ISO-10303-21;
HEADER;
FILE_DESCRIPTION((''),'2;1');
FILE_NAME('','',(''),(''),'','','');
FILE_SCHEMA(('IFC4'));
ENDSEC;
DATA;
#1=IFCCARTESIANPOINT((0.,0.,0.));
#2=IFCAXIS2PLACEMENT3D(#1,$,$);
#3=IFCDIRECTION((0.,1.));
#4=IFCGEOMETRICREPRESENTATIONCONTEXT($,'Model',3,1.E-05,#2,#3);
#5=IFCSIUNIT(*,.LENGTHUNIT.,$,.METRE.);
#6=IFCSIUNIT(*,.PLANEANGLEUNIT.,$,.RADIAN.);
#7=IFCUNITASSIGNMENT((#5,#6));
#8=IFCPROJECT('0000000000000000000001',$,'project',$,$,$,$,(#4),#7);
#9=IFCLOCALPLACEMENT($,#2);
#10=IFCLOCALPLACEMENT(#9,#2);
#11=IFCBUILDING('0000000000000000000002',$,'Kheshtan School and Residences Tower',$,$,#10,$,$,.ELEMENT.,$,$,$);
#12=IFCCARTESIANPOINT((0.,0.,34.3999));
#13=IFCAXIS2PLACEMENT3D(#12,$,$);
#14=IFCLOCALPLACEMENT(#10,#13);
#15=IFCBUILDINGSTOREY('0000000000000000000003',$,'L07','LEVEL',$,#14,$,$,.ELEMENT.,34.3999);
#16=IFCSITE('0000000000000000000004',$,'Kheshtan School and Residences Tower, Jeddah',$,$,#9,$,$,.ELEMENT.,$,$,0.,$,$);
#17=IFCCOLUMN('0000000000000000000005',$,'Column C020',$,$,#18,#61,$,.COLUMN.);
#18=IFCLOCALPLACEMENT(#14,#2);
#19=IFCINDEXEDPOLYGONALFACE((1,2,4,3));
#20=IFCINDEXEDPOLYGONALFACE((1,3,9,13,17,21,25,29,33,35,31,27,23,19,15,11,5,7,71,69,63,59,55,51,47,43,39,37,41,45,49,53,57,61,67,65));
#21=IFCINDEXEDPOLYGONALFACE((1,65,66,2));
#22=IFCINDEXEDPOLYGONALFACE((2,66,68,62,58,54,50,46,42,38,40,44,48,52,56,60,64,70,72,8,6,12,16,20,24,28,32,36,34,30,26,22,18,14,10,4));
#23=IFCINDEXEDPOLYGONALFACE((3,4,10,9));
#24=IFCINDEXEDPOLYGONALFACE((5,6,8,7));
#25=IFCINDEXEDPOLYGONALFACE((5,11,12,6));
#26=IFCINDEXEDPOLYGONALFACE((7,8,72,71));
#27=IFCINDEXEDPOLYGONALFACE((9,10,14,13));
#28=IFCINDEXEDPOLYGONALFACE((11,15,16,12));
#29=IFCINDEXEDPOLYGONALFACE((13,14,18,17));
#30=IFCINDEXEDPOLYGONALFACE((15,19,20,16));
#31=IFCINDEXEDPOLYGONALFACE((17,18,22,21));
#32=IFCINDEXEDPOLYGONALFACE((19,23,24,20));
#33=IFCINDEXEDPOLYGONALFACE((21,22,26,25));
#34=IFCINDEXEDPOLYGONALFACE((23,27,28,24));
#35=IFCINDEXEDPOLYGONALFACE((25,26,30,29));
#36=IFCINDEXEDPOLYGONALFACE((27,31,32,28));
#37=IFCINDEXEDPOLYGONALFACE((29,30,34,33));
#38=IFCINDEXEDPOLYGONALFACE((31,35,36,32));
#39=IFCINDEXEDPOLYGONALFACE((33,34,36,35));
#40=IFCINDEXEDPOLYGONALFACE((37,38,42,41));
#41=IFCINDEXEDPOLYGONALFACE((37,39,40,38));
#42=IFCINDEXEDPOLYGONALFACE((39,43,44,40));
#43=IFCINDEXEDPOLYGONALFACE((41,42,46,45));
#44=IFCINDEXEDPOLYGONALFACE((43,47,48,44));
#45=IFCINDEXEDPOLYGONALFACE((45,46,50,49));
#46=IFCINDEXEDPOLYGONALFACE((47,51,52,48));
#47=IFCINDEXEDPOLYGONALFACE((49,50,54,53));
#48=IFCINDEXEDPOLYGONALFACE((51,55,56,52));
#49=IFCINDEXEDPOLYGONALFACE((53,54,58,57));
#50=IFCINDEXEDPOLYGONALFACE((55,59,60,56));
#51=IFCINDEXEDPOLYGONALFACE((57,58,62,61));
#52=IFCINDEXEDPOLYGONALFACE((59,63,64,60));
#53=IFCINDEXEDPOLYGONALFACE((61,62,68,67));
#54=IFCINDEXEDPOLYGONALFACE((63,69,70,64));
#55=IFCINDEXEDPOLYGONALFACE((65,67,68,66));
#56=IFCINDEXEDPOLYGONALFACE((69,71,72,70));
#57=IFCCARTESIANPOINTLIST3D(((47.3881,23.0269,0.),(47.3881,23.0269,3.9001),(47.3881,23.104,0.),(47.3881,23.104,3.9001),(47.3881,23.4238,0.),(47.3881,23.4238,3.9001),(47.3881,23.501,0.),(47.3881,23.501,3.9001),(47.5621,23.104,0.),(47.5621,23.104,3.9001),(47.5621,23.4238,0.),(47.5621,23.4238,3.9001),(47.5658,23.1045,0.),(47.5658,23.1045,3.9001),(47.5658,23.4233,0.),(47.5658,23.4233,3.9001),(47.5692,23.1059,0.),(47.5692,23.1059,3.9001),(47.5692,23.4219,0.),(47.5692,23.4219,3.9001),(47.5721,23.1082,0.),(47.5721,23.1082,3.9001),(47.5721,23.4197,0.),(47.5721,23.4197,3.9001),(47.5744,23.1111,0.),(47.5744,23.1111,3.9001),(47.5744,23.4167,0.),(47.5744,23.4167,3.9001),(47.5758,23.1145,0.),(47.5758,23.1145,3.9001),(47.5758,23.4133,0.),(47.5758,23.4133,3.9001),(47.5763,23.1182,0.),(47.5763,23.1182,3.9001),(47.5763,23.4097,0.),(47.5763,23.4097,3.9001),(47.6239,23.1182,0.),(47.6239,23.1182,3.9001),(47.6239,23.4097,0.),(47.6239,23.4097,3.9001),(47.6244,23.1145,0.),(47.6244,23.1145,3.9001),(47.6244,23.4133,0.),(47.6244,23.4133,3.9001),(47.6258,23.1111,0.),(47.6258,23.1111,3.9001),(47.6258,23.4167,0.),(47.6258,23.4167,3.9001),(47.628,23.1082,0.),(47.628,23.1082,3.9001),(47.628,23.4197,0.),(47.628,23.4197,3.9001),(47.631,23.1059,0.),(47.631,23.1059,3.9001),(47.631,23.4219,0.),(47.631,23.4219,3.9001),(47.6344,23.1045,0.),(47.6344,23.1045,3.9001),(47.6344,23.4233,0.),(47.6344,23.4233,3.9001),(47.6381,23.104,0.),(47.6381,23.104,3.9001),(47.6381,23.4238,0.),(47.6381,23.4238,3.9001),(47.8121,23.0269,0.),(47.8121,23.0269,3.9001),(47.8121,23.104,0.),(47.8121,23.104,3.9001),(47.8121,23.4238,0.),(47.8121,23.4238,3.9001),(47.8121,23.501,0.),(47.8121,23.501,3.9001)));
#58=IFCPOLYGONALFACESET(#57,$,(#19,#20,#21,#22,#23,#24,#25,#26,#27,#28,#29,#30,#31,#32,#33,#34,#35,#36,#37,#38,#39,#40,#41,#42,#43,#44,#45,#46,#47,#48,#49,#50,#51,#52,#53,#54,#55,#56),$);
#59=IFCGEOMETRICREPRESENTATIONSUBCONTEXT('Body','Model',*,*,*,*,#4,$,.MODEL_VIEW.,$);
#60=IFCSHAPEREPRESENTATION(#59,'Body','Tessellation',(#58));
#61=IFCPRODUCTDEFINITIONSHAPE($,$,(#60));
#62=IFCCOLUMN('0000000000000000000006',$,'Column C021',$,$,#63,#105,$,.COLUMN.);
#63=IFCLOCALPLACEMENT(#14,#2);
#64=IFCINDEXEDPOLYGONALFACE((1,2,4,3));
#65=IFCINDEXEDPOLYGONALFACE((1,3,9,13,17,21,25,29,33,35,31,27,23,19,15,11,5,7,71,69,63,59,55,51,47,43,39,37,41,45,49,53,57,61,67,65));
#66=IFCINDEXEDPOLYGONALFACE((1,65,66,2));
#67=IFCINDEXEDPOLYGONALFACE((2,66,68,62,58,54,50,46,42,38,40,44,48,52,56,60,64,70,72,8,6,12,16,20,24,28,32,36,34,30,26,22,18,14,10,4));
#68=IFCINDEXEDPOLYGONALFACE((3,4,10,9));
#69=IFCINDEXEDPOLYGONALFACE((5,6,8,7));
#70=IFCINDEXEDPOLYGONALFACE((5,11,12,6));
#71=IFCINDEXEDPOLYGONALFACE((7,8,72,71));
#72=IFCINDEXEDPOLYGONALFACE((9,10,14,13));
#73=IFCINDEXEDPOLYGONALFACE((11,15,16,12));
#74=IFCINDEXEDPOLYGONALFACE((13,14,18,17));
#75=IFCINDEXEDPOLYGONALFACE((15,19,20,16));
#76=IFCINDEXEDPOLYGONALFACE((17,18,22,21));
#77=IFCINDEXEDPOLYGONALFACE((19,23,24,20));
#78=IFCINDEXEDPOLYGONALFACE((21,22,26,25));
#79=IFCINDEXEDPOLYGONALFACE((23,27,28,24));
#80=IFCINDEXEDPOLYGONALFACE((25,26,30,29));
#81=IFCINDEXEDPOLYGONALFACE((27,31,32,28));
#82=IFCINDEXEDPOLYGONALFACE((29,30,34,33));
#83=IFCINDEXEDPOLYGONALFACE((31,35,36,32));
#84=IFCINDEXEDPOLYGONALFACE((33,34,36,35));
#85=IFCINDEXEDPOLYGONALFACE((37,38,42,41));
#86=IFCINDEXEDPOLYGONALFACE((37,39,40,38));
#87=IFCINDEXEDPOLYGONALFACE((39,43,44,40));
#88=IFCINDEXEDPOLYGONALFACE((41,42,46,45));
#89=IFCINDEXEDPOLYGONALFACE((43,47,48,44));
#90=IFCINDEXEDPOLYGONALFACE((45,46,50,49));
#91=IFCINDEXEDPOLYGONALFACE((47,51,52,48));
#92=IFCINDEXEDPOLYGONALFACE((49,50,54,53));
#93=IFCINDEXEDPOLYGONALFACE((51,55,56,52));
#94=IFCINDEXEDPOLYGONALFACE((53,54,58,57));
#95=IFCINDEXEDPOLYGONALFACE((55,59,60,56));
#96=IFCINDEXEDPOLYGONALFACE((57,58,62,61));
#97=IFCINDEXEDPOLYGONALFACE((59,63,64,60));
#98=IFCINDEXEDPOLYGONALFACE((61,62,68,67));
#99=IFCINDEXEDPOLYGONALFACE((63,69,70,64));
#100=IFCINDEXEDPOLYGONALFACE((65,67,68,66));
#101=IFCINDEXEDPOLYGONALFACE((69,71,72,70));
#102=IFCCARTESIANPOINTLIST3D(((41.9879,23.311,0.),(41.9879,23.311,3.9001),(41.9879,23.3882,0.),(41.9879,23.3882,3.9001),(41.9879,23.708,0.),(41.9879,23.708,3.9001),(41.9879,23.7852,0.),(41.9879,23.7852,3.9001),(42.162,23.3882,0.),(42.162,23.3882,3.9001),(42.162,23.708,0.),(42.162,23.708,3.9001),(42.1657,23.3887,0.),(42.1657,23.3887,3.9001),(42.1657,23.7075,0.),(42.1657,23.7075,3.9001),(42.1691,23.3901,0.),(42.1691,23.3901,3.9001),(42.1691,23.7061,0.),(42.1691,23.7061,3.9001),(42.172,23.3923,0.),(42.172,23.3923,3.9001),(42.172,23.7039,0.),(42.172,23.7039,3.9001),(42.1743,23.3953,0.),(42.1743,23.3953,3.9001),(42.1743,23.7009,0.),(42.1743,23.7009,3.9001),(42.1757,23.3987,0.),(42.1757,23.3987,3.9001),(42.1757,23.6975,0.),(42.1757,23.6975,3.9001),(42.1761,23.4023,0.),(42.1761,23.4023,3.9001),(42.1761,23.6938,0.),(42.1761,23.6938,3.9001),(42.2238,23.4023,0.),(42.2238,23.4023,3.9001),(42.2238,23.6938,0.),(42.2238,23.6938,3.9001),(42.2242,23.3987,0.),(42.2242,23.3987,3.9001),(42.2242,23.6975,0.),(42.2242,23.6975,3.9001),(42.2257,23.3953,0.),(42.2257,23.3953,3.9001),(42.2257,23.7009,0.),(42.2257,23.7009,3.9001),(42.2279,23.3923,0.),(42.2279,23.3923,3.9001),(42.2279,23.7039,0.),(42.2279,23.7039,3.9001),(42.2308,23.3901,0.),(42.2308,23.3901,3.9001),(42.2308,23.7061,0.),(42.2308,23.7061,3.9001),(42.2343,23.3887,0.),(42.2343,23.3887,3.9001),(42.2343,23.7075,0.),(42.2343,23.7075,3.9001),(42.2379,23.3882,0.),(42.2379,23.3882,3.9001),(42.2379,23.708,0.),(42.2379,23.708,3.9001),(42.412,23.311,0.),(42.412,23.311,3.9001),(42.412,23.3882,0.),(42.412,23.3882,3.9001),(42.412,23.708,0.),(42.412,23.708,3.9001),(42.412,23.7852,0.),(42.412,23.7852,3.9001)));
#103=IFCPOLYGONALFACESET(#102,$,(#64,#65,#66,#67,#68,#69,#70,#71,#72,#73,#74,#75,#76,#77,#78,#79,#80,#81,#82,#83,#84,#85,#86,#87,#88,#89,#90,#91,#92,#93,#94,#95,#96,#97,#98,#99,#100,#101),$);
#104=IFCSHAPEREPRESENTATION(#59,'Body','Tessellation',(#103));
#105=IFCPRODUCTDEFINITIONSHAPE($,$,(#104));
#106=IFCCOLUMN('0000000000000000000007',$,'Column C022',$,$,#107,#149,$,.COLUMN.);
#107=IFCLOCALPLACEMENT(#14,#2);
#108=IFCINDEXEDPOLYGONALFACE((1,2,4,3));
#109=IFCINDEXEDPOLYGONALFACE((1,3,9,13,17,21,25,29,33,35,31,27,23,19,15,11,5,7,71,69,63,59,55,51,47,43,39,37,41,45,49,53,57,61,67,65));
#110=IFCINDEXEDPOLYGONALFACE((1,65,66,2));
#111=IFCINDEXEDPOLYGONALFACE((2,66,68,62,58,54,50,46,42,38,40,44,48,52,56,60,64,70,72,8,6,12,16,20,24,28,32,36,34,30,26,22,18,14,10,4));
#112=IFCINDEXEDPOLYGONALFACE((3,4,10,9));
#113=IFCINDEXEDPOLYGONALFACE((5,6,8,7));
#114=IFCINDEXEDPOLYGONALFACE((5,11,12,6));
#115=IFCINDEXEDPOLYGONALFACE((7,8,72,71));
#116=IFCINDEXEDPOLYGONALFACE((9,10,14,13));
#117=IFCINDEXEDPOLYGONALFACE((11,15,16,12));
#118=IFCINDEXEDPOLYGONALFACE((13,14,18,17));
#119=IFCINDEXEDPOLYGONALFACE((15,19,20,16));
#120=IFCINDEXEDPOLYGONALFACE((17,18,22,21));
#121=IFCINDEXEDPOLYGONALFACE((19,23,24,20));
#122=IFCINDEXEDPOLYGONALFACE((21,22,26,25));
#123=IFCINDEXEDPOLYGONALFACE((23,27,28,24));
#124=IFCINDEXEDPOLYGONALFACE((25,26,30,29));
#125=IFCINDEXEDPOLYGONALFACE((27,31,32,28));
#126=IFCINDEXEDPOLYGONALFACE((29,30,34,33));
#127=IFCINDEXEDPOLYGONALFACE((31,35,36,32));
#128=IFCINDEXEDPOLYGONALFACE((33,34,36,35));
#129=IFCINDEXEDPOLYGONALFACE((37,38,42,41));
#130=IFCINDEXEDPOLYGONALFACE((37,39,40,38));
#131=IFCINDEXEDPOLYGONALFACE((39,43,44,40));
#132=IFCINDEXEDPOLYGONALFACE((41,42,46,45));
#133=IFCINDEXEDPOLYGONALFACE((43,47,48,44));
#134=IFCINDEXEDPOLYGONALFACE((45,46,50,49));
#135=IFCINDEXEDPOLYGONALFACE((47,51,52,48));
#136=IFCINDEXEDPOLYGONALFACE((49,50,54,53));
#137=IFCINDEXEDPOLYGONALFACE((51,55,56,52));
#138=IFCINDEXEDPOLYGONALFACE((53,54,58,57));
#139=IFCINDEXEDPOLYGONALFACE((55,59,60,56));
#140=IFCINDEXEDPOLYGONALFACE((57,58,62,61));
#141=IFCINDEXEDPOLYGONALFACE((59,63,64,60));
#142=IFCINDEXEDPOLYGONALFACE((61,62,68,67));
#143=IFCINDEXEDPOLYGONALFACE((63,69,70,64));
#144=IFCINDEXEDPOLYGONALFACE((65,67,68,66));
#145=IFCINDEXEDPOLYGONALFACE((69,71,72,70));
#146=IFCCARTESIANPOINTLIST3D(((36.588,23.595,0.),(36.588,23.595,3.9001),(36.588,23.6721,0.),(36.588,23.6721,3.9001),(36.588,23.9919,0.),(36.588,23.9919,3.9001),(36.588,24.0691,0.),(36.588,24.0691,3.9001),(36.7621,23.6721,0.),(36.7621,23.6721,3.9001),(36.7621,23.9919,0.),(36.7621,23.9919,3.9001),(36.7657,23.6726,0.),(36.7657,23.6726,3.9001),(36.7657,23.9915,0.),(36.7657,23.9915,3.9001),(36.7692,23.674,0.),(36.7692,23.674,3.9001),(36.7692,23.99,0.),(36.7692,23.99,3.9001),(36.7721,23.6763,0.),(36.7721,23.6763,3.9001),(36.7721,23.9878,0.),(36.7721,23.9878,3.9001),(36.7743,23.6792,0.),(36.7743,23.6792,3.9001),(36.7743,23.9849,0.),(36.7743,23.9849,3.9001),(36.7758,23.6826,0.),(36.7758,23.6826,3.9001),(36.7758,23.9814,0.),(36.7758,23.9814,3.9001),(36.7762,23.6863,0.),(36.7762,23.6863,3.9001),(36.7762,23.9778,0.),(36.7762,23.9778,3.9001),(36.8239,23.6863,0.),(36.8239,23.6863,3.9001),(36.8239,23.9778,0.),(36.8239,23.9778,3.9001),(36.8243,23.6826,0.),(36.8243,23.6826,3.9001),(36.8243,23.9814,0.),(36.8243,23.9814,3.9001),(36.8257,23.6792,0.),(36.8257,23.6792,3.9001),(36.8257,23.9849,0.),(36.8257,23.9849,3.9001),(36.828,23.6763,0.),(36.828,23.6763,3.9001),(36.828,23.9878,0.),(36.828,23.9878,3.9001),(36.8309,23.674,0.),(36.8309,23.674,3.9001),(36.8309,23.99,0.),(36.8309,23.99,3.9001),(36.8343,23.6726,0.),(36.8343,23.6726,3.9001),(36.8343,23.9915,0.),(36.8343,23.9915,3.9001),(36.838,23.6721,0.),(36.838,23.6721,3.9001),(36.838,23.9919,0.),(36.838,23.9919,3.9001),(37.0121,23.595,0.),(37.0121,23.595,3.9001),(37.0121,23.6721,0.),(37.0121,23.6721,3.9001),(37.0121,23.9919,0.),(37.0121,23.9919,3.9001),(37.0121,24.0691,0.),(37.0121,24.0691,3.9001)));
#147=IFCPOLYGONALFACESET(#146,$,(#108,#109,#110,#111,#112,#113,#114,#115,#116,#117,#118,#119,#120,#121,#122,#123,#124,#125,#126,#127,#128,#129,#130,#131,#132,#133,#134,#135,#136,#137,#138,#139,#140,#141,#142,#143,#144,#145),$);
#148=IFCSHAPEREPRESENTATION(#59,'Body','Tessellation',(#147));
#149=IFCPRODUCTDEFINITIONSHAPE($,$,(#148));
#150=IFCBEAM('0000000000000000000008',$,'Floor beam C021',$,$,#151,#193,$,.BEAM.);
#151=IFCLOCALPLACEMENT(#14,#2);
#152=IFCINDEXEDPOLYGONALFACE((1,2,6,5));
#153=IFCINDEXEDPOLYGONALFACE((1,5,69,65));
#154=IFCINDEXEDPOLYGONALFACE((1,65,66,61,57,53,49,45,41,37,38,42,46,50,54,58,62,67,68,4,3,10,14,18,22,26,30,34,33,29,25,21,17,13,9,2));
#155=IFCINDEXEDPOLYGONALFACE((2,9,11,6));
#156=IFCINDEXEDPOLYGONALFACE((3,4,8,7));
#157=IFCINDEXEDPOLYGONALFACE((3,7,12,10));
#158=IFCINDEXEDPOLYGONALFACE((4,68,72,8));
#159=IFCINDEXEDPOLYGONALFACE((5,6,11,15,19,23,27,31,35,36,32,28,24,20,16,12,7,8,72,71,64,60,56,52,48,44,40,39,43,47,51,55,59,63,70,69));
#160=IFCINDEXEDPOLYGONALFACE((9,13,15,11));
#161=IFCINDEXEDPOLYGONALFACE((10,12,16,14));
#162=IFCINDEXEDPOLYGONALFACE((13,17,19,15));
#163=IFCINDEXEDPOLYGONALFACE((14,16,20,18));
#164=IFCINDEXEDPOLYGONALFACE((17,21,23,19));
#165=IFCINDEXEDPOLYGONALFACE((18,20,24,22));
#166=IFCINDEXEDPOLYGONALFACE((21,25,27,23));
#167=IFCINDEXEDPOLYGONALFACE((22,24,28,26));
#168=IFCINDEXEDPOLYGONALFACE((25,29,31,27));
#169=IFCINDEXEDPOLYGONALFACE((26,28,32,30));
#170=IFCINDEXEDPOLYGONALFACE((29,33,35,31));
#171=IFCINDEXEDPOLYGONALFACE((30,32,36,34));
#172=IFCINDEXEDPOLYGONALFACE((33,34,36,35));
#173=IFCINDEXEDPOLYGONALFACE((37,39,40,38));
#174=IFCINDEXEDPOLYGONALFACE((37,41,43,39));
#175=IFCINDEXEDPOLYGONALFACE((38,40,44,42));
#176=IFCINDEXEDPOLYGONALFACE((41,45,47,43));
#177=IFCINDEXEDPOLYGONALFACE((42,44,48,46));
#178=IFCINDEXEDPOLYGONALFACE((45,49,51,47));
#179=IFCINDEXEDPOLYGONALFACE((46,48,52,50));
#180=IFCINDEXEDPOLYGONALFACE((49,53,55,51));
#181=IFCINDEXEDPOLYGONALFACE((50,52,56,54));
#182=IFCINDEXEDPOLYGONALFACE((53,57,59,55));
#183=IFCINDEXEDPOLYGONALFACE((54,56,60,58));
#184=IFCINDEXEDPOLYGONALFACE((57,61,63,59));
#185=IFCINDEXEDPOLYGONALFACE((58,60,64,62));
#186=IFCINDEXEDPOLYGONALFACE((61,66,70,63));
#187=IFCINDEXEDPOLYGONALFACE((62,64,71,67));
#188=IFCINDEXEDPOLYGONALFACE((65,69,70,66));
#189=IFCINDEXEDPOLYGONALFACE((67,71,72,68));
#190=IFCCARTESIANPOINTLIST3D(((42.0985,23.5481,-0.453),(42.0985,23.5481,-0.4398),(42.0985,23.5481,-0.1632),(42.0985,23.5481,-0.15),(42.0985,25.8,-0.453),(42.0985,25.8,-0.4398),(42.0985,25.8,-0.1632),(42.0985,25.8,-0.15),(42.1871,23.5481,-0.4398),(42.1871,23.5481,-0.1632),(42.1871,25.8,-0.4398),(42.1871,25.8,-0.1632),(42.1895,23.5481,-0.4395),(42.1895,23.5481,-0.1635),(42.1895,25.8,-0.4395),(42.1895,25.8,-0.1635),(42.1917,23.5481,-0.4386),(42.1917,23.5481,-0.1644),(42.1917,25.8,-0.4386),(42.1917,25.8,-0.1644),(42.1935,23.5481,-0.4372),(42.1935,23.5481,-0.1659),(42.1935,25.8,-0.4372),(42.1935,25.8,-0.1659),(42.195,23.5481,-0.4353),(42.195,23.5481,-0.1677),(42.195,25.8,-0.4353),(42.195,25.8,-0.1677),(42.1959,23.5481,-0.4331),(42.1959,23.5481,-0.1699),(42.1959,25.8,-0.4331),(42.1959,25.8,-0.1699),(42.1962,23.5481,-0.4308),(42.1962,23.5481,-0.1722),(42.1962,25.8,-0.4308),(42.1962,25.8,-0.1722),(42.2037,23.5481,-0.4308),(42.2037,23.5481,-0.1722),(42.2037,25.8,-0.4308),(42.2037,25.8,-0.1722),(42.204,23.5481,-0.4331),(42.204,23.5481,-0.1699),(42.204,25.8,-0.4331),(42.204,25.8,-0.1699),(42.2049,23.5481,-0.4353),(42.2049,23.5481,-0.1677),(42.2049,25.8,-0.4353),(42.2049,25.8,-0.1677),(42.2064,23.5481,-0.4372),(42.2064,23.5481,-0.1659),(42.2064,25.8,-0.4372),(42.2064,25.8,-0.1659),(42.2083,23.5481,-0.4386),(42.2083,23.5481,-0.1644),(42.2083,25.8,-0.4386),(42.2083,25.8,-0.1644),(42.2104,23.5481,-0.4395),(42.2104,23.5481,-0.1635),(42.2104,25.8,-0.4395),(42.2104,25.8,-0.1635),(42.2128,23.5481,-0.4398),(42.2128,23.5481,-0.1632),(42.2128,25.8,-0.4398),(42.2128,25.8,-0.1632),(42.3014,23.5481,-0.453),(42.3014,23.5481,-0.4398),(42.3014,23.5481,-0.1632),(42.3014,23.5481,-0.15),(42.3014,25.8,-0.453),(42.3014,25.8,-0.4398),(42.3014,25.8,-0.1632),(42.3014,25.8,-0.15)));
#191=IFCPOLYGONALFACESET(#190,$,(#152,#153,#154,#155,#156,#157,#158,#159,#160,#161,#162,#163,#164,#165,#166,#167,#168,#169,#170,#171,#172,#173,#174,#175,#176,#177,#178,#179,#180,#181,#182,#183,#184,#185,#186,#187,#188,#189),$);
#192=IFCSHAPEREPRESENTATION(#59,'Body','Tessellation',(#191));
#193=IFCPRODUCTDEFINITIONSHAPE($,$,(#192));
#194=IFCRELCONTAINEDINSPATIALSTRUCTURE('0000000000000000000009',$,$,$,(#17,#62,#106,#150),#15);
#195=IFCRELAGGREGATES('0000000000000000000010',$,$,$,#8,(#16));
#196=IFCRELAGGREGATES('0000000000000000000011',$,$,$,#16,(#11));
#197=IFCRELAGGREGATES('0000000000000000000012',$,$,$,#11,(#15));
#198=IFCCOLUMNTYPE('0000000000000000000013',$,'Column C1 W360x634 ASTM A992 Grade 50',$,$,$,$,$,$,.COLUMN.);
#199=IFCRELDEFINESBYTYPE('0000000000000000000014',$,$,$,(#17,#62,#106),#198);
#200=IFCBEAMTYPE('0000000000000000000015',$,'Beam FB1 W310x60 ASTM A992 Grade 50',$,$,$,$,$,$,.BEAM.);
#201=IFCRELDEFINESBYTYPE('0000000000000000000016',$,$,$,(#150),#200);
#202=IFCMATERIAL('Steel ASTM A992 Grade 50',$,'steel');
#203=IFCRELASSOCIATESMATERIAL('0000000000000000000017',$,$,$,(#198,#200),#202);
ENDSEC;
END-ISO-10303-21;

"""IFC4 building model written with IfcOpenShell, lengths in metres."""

from ifc_helpers import new_model, si_unit, direction, frame, origin, origin_2d, place, context, subcontext, project, spatial, i_section, extrude, material, material_profile, profile_set, type_object, element, save


model = new_model("IFC4")

# Units and contexts
model_context = context("Model", 3, precision=1e-05, world=origin(), true_north=direction((0.0, 1.0)))
body_context = subcontext(model_context, "Body", "Model", "MODEL_VIEW")
ifc_project = project(units=[si_unit("LENGTHUNIT", "METRE"), si_unit("PLANEANGLEUNIT", "RADIAN")], contexts=[model_context])

# Site, building, storey
site_placement = place(None, origin())
site = spatial("IfcSite", under=ifc_project, at=site_placement, Name="Kheshtan School and Residences Tower, Jeddah", CompositionType="ELEMENT", RefElevation=0.0)
building_placement = place(site_placement, origin())
building = spatial("IfcBuilding", under=site, at=building_placement, Name="Kheshtan School and Residences Tower", CompositionType="ELEMENT")
storey_placement = place(building_placement, frame((0.0, 0.0, 34.3999)))
storey = spatial("IfcBuildingStorey", under=building, at=storey_placement, Name="L07", Description="LEVEL", CompositionType="ELEMENT", Elevation=34.3999)

# Columns
ifc_material_1 = material(Name="Steel ASTM A992 Grade 50", Category="steel")
ifc_material_profile_1 = material_profile(ifc_material_1, i_section(OverallWidth=0.4241, OverallDepth=0.4741, WebThickness=0.0476, FlangeThickness=0.0771, FilletRadius=0.0142, at=origin_2d()), Name="W360x634")
ifc_profile_set_1 = profile_set([ifc_material_profile_1], Name="Steel ASTM A992 Grade 50")
column_type = type_object("IfcColumnType", Name="Column C1 W360x634 ASTM A992 Grade 50", PredefinedType="COLUMN", material=ifc_profile_set_1)
for number, where, z_axis, x_axis, name in (
    (1, (47.6001, 23.2639, 0.0), (0.0, 0.0, 1.0), (1.0, 0.0, 0.0), "Column C020"),
    (2, (42.2, 23.5481, 0.0), (0.0, 0.0, 1.0), (1.0, 0.0, 0.0), "Column C021"),
    (3, (36.8, 23.832, 0.0), (0.0, 0.0, 1.0), (1.0, 0.0, 0.0), "Column C022"),
):
    element("IfcColumn", number, at=place(storey_placement, frame(where, z_axis=z_axis, x_axis=x_axis)), inside=storey, type_object=column_type, Name=name, PredefinedType="COLUMN", context=body_context, shape_type="SweptSolid", body=[
        extrude(i_section(OverallWidth=0.4241, OverallDepth=0.4741, WebThickness=0.0476, FlangeThickness=0.0771, FilletRadius=0.0142, at=origin_2d()), origin(), (0.0, 0.0, 1.0), 3.9001),
    ])

# Beam
ifc_material_profile_2 = material_profile(ifc_material_1, i_section(OverallWidth=0.2029, OverallDepth=0.303, WebThickness=0.0076, FlangeThickness=0.0132, FilletRadius=0.009, at=origin_2d()), Name="W310x60")
ifc_profile_set_2 = profile_set([ifc_material_profile_2], Name="Steel ASTM A992 Grade 50")
beam_type_1 = type_object("IfcBeamType", Name="Beam FB1 W310x60 ASTM A992 Grade 50", PredefinedType="BEAM", material=ifc_profile_set_2)
beam_1_placement = place(storey_placement, frame((42.2, 23.5481, -0.3015), z_axis=(0.0, 1.0, 0.0), x_axis=(-1.0, 0.0, 0.0)))
element("IfcBeam", 4, at=beam_1_placement, inside=storey, type_object=beam_type_1, Name="Floor beam C021", PredefinedType="BEAM", context=body_context, shape_type="SweptSolid", body=[
    extrude(i_section(OverallWidth=0.2029, OverallDepth=0.303, WebThickness=0.0076, FlangeThickness=0.0132, FilletRadius=0.009, at=origin_2d()), origin(), (0.0, 0.0, 1.0), 2.252),
])

save(model, "model.ifc")
